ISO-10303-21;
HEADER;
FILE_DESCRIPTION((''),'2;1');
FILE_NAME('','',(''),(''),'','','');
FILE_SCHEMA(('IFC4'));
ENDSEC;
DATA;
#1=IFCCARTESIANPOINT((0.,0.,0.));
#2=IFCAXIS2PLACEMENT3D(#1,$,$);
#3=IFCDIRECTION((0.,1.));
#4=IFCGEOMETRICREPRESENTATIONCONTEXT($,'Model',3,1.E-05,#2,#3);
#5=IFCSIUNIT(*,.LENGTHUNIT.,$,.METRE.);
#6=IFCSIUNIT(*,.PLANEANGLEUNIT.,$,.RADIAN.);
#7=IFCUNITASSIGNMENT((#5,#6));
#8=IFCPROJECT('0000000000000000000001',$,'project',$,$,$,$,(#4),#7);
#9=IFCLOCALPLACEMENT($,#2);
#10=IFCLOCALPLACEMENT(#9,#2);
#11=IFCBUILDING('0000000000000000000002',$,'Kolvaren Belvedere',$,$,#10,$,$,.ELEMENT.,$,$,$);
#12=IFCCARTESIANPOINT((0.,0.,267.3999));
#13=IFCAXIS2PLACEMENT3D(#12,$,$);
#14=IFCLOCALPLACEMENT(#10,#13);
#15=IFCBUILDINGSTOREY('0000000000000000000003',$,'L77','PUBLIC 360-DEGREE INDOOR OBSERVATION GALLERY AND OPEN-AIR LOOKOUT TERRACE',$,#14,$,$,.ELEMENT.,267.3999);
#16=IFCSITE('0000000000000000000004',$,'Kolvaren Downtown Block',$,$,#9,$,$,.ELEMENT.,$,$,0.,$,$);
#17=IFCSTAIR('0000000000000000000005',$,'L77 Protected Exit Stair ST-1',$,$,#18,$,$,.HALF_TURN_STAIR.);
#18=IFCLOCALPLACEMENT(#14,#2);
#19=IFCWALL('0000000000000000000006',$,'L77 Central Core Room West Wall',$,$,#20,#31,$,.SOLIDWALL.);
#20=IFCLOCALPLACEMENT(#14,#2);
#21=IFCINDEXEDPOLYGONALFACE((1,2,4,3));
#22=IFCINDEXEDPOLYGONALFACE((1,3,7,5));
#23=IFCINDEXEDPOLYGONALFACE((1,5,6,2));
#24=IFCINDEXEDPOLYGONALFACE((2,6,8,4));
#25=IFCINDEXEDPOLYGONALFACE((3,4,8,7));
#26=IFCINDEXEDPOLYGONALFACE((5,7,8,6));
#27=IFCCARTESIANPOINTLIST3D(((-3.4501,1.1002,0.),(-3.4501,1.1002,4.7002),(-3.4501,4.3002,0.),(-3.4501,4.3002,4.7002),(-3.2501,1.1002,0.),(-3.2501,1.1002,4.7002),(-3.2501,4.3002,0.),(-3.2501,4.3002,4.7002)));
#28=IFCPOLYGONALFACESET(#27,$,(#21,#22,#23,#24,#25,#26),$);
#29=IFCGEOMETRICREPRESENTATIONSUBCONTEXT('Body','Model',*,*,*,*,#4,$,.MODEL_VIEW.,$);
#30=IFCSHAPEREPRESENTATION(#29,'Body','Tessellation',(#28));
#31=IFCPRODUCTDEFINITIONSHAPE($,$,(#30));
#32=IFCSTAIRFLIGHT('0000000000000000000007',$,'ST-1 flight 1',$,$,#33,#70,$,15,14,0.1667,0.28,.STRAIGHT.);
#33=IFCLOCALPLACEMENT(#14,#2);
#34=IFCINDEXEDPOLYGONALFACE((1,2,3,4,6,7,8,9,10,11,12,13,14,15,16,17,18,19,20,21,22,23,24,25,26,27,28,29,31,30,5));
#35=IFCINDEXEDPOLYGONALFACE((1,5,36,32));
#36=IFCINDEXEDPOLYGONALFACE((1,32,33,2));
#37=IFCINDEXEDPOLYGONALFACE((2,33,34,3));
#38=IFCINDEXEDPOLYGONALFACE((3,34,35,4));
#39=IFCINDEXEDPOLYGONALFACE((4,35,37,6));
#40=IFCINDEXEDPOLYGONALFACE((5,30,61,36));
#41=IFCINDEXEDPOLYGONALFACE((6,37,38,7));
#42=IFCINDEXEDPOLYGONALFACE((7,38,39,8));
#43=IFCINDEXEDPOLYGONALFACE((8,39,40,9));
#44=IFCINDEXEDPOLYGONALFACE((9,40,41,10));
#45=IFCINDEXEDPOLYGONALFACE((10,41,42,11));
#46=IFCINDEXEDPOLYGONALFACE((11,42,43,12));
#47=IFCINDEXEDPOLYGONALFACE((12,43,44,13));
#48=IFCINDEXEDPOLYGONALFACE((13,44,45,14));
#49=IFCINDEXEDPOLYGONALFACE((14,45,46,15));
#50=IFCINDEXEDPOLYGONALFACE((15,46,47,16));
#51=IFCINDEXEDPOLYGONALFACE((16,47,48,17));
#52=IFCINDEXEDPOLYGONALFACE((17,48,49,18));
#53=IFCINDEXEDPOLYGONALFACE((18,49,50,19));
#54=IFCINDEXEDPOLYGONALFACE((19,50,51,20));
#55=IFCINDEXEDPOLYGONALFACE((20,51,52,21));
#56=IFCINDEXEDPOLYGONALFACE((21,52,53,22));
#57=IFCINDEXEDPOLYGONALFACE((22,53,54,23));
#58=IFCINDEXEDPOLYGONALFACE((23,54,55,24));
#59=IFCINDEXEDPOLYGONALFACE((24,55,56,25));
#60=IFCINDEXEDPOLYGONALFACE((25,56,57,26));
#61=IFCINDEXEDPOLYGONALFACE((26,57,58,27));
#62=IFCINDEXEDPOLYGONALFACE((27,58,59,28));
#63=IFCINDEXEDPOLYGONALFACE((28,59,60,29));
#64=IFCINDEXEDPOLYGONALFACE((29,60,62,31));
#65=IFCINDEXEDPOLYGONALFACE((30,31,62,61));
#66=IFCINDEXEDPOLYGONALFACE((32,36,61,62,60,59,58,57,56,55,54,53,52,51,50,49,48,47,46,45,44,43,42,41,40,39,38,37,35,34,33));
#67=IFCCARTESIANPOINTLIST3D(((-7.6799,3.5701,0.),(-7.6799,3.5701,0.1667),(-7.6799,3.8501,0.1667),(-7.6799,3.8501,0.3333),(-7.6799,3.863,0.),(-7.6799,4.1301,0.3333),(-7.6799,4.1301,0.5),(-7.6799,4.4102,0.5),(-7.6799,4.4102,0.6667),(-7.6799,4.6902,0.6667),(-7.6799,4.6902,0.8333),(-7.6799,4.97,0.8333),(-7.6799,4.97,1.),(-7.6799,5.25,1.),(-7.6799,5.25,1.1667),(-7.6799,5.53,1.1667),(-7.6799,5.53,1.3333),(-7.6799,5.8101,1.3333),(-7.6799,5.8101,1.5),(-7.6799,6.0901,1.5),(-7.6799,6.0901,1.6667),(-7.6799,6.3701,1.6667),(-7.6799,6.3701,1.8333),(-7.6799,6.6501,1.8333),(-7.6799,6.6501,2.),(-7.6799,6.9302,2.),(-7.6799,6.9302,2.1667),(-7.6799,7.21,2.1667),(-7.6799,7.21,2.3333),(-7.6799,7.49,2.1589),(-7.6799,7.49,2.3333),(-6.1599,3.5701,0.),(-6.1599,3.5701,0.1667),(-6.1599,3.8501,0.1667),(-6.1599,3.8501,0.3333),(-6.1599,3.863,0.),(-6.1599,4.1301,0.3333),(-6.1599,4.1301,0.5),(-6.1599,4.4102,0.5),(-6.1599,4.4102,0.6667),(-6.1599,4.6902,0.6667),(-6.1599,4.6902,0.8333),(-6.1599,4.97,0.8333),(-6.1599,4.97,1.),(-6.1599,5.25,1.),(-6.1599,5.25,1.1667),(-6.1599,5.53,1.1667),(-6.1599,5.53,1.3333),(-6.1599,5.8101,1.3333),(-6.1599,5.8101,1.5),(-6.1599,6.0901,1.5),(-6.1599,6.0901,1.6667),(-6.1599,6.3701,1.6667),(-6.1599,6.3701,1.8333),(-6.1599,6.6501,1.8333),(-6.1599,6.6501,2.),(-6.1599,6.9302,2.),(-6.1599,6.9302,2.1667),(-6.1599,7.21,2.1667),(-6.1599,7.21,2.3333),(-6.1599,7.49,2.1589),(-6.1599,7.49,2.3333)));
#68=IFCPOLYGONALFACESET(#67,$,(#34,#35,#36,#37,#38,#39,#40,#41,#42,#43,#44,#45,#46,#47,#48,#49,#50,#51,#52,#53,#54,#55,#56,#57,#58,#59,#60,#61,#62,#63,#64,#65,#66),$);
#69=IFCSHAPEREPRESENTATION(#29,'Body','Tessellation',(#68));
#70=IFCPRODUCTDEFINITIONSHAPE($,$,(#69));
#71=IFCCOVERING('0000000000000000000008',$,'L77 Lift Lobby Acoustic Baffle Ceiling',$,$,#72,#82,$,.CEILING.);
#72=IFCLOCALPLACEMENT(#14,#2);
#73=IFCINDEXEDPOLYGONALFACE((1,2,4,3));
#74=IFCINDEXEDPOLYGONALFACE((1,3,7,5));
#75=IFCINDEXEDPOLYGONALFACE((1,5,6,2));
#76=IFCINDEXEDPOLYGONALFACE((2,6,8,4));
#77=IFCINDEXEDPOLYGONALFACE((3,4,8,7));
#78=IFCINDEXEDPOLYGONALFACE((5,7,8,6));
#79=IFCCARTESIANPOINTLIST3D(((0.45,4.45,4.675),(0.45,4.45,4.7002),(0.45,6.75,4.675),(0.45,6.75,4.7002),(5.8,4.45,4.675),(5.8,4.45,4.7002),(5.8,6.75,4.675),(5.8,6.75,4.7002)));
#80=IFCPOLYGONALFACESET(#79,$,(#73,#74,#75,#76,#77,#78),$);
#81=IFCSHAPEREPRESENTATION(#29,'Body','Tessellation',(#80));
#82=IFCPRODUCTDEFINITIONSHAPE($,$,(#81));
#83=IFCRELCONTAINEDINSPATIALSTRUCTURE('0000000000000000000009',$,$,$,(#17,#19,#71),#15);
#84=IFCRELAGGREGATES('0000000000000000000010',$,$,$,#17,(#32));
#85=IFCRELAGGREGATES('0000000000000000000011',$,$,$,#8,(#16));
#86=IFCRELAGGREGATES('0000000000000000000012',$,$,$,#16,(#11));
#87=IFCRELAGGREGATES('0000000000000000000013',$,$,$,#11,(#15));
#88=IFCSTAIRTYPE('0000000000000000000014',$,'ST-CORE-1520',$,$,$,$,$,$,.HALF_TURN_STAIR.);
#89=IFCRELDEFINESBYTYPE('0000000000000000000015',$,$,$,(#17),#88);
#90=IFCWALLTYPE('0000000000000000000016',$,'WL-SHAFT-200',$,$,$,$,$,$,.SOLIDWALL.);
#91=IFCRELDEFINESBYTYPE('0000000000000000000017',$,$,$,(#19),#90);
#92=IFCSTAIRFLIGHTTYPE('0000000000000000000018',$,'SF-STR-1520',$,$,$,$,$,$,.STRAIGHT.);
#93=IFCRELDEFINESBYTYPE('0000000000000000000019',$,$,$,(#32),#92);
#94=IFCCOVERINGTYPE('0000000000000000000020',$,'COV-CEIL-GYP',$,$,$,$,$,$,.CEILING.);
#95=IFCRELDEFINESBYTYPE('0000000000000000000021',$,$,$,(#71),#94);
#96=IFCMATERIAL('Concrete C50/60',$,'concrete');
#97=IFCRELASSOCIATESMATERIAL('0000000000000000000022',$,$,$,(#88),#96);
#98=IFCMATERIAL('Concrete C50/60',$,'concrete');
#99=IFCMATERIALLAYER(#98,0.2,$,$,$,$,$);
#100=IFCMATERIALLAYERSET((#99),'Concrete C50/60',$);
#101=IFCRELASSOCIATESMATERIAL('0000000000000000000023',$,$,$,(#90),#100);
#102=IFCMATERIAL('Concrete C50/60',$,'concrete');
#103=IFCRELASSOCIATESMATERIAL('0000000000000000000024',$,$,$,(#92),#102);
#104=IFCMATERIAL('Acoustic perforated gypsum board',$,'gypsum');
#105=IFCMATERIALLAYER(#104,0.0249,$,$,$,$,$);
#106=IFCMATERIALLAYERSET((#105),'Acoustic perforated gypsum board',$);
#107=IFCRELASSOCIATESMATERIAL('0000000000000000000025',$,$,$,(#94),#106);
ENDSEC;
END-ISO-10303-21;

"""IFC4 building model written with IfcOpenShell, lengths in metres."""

from ifc_helpers import new_model, si_unit, direction, frame, frame_2d, origin, place, context, subcontext, project, spatial, polyline, rectangle, outline, extrude, material, layer, layer_set, type_object, element, aggregate, save


model = new_model("IFC4")

# Units and contexts
model_context = context("Model", 3, precision=1e-05, world=origin(), true_north=direction((0.0, 1.0)))
body_context = subcontext(model_context, "Body", "Model", "MODEL_VIEW")
ifc_project = project(units=[si_unit("LENGTHUNIT", "METRE"), si_unit("PLANEANGLEUNIT", "RADIAN")], contexts=[model_context])

# Site, building, storey
site_placement = place(None, origin())
site = spatial("IfcSite", under=ifc_project, at=site_placement, Name="Kolvaren Downtown Block", CompositionType="ELEMENT", RefElevation=0.0)
building_placement = place(site_placement, origin())
building = spatial("IfcBuilding", under=site, at=building_placement, Name="Kolvaren Belvedere", CompositionType="ELEMENT")
storey_placement = place(building_placement, frame((0.0, 0.0, 267.3999)))
storey = spatial("IfcBuildingStorey", under=building, at=storey_placement, Name="L77", Description="PUBLIC 360-DEGREE INDOOR OBSERVATION GALLERY AND OPEN-AIR LOOKOUT TERRACE", CompositionType="ELEMENT", Elevation=267.3999)

# Stair
ifc_material_1 = material(Name="Concrete C50/60", Category="concrete")
stair_type = type_object("IfcStairType", Name="ST-CORE-1520", PredefinedType="HALF_TURN_STAIR", material=ifc_material_1)
stair_1_placement = place(storey_placement, origin())
stair_1 = element("IfcStair", 1, at=stair_1_placement, inside=storey, type_object=stair_type, Name="L77 Protected Exit Stair ST-1", PredefinedType="HALF_TURN_STAIR")

# Wall
ifc_material_2 = material(Name="Concrete C50/60", Category="concrete")
ifc_layer_1 = layer(ifc_material_2, 0.2)
ifc_layer_set_1 = layer_set([ifc_layer_1], Name="Concrete C50/60")
wall_type_1 = type_object("IfcWallType", Name="WL-SHAFT-200", PredefinedType="SOLIDWALL", material=ifc_layer_set_1)
wall_1_placement = place(storey_placement, frame((-3.3501, 1.1001, 0.0), z_axis=(0.0, 0.0, 1.0), x_axis=(0.0, 1.0, 0.0)))
element("IfcWall", 2, at=wall_1_placement, inside=storey, type_object=wall_type_1, Name="L77 Central Core Room West Wall", PredefinedType="SOLIDWALL", context=body_context, shape_type="SweptSolid", body=[
    extrude(rectangle(XDim=3.2, YDim=0.2, at=frame_2d((1.6001, 0.0))), origin(), (0.0, 0.0, 1.0), 4.7002),
])

# Stair flight
ifc_material_3 = material(Name="Concrete C50/60", Category="concrete")
stair_flight_type = type_object("IfcStairFlightType", Name="SF-STR-1520", PredefinedType="STRAIGHT", material=ifc_material_3)
stair_flight_placement = place(storey_placement, frame((-6.9199, 3.5701, 0.0), z_axis=(0.0, 0.0, 1.0), x_axis=(0.0, 1.0, 0.0)))
stair_flight = element("IfcStairFlight", 3, at=stair_flight_placement, type_object=stair_flight_type, Name="ST-1 flight 1", NumberOfRisers=15, NumberOfTreads=14, PredefinedType="STRAIGHT", RiserHeight=0.1667, TreadLength=0.28, context=body_context, shape_type="SweptSolid", body=[
    extrude(outline(polyline([(0.0, 0.0), (0.0, 0.1667), (0.28, 0.1667), (0.28, 0.3333), (0.5601, 0.3333), (0.5601, 0.5), (0.8401, 0.5), (0.8401, 0.6667), (1.1201, 0.6667), (1.1201, 0.8333), (1.3999, 0.8333), (1.3999, 1.0), (1.6799, 1.0), (1.6799, 1.1667), (1.96, 1.1667), (1.96, 1.3333), (2.24, 1.3333), (2.24, 1.5), (2.52, 1.5), (2.52, 1.6667), (2.8, 1.6667), (2.8, 1.8333), (3.0801, 1.8333), (3.0801, 2.0), (3.3601, 2.0), (3.3601, 2.1667), (3.6399, 2.1667), (3.6399, 2.3333), (3.9199, 2.3333), (3.9199, 2.5), (3.9199, 2.1589), (0.293, 0.0), (0.0, 0.0)])), frame((0.0, 0.76, 0.0), z_axis=(0.0, -1.0, 0.0), x_axis=(1.0, 0.0, 0.0)), (0.0, 0.0, 1.0), 1.52),
])
aggregate(stair_1, [stair_flight])

# Covering
ifc_material_4 = material(Name="Acoustic perforated gypsum board", Category="gypsum")
ifc_layer_2 = layer(ifc_material_4, 0.0249)
ifc_layer_set_2 = layer_set([ifc_layer_2], Name="Acoustic perforated gypsum board")
covering_type = type_object("IfcCoveringType", Name="COV-CEIL-GYP", PredefinedType="CEILING", material=ifc_layer_set_2)
covering_placement = place(storey_placement, frame((0.0, 0.0, 4.675)))
element("IfcCovering", 4, at=covering_placement, inside=storey, type_object=covering_type, Name="L77 Lift Lobby Acoustic Baffle Ceiling", PredefinedType="CEILING", context=body_context, shape_type="SweptSolid", body=[
    extrude(outline(polyline([(0.45, 4.45), (5.8, 4.45), (5.8, 6.75), (0.45, 6.75), (0.45, 4.45)])), origin(), (0.0, 0.0, 1.0), 0.0251),
])

save(model, "model.ifc")
